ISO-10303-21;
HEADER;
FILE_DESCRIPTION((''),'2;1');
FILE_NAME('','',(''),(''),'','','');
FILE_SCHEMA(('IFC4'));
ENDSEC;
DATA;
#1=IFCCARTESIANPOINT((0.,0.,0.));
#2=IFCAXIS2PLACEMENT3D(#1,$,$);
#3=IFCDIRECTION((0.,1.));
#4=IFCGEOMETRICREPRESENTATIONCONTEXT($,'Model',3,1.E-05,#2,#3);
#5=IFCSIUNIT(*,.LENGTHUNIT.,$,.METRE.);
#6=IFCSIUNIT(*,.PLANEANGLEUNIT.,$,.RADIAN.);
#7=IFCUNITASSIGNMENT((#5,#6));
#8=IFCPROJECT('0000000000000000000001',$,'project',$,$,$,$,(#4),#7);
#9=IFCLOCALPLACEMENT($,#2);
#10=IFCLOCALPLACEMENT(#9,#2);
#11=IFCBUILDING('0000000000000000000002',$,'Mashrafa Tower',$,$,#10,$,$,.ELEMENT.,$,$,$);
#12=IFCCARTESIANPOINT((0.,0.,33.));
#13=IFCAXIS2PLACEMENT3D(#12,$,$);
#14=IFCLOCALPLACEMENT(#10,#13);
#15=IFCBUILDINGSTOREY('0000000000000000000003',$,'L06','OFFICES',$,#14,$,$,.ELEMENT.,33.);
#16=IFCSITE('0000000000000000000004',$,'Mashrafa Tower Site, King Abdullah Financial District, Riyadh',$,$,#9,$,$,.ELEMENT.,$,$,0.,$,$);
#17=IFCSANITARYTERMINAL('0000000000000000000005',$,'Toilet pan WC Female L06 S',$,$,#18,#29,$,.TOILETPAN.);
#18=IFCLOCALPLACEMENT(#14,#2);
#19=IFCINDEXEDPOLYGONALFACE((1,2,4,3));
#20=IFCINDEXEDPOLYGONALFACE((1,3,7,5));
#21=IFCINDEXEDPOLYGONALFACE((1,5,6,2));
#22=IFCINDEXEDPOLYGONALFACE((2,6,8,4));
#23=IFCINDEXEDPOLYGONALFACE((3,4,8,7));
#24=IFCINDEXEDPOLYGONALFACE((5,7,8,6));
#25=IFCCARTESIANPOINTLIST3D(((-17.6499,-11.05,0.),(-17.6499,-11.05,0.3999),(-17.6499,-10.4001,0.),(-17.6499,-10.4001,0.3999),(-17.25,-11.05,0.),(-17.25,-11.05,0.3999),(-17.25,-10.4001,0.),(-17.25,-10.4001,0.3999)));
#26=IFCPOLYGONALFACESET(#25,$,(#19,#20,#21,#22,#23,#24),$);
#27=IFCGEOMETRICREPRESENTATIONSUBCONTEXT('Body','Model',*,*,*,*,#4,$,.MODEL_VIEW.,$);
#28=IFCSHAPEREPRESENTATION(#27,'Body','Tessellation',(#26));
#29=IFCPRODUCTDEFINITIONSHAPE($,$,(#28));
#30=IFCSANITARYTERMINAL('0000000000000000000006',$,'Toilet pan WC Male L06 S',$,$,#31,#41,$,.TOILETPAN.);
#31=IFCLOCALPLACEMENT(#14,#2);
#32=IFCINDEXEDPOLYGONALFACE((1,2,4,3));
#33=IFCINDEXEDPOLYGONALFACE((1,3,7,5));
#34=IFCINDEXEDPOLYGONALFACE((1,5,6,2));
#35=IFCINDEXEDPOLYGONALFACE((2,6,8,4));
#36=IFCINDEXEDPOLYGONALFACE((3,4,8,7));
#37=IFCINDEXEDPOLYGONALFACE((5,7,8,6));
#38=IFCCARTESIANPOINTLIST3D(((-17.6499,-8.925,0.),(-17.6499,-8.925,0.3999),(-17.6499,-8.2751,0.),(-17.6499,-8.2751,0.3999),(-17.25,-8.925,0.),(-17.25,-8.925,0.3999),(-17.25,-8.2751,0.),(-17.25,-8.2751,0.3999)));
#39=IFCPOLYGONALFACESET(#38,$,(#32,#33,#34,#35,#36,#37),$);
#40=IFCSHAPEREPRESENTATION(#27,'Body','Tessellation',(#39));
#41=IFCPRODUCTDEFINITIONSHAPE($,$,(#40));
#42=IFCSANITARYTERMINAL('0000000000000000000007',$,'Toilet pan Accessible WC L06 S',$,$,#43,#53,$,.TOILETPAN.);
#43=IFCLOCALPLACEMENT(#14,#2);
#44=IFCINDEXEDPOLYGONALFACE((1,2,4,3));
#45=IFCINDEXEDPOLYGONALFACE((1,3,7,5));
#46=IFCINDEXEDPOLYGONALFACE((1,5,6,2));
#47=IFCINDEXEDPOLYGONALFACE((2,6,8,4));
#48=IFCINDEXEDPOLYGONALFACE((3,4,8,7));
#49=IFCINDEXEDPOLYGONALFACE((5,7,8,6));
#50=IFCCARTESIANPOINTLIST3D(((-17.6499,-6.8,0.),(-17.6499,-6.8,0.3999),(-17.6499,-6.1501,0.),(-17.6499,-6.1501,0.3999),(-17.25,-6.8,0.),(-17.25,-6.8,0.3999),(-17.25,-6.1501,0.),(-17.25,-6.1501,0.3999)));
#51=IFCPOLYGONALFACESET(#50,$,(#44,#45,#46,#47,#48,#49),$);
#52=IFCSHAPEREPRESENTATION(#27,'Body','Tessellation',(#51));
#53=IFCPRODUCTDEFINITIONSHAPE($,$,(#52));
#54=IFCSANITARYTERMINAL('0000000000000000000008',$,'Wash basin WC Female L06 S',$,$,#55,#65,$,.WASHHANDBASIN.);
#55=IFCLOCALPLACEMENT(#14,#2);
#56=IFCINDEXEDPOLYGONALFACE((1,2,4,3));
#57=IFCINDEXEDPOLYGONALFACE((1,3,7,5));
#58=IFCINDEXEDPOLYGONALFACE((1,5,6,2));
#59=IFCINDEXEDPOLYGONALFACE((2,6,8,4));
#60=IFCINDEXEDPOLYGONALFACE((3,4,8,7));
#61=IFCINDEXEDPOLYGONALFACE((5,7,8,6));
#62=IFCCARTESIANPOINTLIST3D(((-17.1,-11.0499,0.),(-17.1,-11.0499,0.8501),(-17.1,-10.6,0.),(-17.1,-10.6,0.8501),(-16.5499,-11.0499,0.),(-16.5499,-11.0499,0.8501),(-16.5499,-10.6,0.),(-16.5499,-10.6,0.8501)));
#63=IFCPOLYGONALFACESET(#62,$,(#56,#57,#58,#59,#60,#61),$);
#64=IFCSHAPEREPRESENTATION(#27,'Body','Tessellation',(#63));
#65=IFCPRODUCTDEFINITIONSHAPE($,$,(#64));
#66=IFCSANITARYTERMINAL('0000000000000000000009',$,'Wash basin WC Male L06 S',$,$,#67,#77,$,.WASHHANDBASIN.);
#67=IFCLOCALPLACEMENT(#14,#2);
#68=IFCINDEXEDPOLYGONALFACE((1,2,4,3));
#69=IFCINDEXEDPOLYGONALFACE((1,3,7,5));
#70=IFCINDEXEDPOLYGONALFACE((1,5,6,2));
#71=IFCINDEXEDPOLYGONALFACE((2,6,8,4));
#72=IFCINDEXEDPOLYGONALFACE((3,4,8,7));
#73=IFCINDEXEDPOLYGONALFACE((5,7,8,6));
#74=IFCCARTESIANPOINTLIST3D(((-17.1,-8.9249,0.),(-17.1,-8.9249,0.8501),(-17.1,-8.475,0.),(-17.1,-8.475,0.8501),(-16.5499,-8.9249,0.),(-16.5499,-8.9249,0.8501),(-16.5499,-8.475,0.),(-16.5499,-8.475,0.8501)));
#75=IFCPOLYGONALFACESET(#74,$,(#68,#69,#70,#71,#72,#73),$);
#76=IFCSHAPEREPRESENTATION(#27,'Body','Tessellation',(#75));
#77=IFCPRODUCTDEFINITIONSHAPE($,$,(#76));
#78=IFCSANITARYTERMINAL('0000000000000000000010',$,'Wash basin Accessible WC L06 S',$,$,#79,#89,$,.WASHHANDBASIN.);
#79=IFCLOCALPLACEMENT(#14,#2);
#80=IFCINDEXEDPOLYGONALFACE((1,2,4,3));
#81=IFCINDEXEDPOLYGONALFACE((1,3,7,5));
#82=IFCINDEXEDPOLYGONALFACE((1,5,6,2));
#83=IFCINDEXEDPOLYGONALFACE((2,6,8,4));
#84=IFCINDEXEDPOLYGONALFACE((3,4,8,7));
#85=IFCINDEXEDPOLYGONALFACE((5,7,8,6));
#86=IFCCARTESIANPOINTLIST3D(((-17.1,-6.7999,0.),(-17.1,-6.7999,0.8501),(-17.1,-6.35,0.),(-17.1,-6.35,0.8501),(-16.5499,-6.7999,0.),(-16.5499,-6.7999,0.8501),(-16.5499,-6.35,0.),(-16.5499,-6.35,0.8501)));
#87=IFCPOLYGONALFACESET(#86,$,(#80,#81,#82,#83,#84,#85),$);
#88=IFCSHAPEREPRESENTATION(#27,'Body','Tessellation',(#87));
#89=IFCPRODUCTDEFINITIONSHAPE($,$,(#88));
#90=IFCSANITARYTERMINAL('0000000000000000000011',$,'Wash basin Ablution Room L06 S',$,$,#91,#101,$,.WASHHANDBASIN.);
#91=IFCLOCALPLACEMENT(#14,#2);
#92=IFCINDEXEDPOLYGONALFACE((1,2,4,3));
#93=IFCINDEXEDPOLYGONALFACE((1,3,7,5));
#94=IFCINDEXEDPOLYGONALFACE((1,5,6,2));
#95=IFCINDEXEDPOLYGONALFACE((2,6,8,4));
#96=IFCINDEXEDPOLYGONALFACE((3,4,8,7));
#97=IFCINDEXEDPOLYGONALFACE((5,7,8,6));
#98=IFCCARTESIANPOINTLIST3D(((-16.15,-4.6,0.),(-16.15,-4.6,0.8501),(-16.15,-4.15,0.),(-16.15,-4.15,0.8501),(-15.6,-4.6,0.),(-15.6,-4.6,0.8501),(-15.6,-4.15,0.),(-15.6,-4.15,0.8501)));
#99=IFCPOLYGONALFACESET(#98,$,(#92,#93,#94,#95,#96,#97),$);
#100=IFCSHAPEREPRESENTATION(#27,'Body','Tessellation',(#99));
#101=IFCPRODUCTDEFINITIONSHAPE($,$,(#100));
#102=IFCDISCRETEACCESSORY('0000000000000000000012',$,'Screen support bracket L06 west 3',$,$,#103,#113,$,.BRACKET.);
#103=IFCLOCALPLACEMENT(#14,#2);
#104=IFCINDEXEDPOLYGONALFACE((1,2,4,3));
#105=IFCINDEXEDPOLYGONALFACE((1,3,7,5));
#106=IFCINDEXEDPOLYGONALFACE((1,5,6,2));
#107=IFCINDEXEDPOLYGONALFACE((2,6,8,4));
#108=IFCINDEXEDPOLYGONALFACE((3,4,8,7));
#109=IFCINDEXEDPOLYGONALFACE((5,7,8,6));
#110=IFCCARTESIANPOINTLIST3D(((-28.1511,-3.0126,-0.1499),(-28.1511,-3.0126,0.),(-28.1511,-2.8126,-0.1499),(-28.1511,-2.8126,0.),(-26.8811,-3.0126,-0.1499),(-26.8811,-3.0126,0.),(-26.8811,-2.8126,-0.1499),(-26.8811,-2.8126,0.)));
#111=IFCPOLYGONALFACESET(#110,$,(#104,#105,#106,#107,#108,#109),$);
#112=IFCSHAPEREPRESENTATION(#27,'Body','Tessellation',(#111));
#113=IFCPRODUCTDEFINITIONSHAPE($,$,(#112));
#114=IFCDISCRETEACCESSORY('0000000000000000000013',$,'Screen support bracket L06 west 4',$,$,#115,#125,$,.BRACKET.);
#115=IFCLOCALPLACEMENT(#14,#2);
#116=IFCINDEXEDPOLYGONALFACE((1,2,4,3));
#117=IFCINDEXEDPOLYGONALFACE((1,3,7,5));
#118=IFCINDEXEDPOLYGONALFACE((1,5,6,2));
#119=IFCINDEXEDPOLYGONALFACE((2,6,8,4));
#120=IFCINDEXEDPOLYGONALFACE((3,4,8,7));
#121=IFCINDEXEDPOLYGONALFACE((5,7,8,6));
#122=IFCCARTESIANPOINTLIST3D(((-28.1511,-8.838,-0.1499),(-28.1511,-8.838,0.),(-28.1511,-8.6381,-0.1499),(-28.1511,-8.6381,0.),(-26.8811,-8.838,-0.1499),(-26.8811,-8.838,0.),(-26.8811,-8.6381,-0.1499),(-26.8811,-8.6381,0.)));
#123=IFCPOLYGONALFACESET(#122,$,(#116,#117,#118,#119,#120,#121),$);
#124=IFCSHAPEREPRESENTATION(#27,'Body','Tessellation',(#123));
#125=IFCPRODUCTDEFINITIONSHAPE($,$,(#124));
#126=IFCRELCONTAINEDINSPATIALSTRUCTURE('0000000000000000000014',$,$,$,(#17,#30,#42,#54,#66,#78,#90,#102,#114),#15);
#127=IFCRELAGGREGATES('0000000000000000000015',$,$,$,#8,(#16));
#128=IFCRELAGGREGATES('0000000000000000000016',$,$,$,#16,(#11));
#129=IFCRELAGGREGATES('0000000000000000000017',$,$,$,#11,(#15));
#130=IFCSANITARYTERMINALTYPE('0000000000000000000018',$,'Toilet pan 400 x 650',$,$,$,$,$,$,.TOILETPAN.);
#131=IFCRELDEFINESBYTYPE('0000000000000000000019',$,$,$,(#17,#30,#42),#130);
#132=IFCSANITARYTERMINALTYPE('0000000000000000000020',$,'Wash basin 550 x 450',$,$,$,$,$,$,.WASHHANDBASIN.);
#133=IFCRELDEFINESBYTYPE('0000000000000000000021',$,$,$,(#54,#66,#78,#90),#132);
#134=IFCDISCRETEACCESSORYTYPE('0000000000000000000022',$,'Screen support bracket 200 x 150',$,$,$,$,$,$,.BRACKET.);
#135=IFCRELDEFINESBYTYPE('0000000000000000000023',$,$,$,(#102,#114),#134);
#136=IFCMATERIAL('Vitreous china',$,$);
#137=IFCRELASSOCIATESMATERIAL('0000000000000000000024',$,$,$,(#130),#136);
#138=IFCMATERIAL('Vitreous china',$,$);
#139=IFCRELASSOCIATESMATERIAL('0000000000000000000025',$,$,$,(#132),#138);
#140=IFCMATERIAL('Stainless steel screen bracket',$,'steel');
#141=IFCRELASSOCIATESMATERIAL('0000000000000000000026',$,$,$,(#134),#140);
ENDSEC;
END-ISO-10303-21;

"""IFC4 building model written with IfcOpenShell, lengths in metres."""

from ifc_helpers import new_model, si_unit, direction, frame, origin, origin_2d, place, context, subcontext, project, spatial, rectangle, extrude, source, transform, mapped, material, type_object, type_shapes, element, save


model = new_model("IFC4")

# Units and contexts
model_context = context("Model", 3, precision=1e-05, world=origin(), true_north=direction((0.0, 1.0)))
body_context = subcontext(model_context, "Body", "Model", "MODEL_VIEW")
ifc_project = project(units=[si_unit("LENGTHUNIT", "METRE"), si_unit("PLANEANGLEUNIT", "RADIAN")], contexts=[model_context])

# Site, building, storey
site_placement = place(None, origin())
site = spatial("IfcSite", under=ifc_project, at=site_placement, Name="Mashrafa Tower Site, King Abdullah Financial District, Riyadh", CompositionType="ELEMENT", RefElevation=0.0)
building_placement = place(site_placement, origin())
building = spatial("IfcBuilding", under=site, at=building_placement, Name="Mashrafa Tower", CompositionType="ELEMENT")
storey_placement = place(building_placement, frame((0.0, 0.0, 33.0)))
storey = spatial("IfcBuildingStorey", under=building, at=storey_placement, Name="L06", Description="OFFICES", CompositionType="ELEMENT", Elevation=33.0)

# Sanitary terminals
ifc_material_1 = material(Name="Vitreous china")
sanitary_terminal_type_1 = type_object("IfcSanitaryTerminalType", Name="Toilet pan 400 x 650", PredefinedType="TOILETPAN", material=ifc_material_1)
for number, where, z_axis, x_axis, name in (
    (1, (-17.45, -10.7251, 0.0), (0.0, 0.0, 1.0), (1.0, 0.0, 0.0), "Toilet pan WC Female L06 S"),
    (2, (-17.45, -8.6001, 0.0), (0.0, 0.0, 1.0), (1.0, 0.0, 0.0), "Toilet pan WC Male L06 S"),
    (3, (-17.45, -6.4751, 0.0), (0.0, 0.0, 1.0), (1.0, 0.0, 0.0), "Toilet pan Accessible WC L06 S"),
):
    element("IfcSanitaryTerminal", number, at=place(storey_placement, frame(where, z_axis=z_axis, x_axis=x_axis)), inside=storey, type_object=sanitary_terminal_type_1, Name=name, PredefinedType="TOILETPAN", context=body_context, shape_type="SweptSolid", body=[
        extrude(rectangle(XDim=0.3999, YDim=0.6499, at=origin_2d()), origin(), (0.0, 0.0, 1.0), 0.3999),
    ])
ifc_material_2 = material(Name="Vitreous china")
sanitary_terminal_type_2 = type_object("IfcSanitaryTerminalType", Name="Wash basin 550 x 450", PredefinedType="WASHHANDBASIN", material=ifc_material_2)
for number, where, z_axis, x_axis, name in (
    (4, (-16.825, -10.825, 0.0), (0.0, 0.0, 1.0), (1.0, 0.0, 0.0), "Wash basin WC Female L06 S"),
    (5, (-16.825, -8.7, 0.0), (0.0, 0.0, 1.0), (1.0, 0.0, 0.0), "Wash basin WC Male L06 S"),
    (6, (-16.825, -6.575, 0.0), (0.0, 0.0, 1.0), (1.0, 0.0, 0.0), "Wash basin Accessible WC L06 S"),
    (7, (-15.875, -4.375, 0.0), (0.0, 0.0, 1.0), (1.0, 0.0, 0.0), "Wash basin Ablution Room L06 S"),
):
    element("IfcSanitaryTerminal", number, at=place(storey_placement, frame(where, z_axis=z_axis, x_axis=x_axis)), inside=storey, type_object=sanitary_terminal_type_2, Name=name, PredefinedType="WASHHANDBASIN", context=body_context, shape_type="SweptSolid", body=[
        extrude(rectangle(XDim=0.55, YDim=0.45, at=origin_2d()), origin(), (0.0, 0.0, 1.0), 0.8501),
    ])

# Discrete accessories
ifc_material_3 = material(Name="Stainless steel screen bracket", Category="steel")
discrete_accessory_type = type_object("IfcDiscreteAccessoryType", Name="Screen support bracket 200 x 150", PredefinedType="BRACKET", material=ifc_material_3)
shared_shape_1 = source(origin(), body_context, "Body", "SweptSolid", [
    extrude(rectangle(XDim=0.2, YDim=1.27, at=origin_2d()), origin(), (0.0, 0.0, 1.0), 0.1499),
])
type_shapes(discrete_accessory_type, [shared_shape_1])
for number, where, z_axis, x_axis, name in (
    (8, (-27.5161, -2.9126, -0.1499), (0.0, 0.0, 1.0), (0.0, -1.0, 0.0), "Screen support bracket L06 west 3"),
    (9, (-27.5161, -8.738, -0.1499), (0.0, 0.0, 1.0), (0.0, -1.0, 0.0), "Screen support bracket L06 west 4"),
):
    element("IfcDiscreteAccessory", number, at=place(storey_placement, frame(where, z_axis=z_axis, x_axis=x_axis)), inside=storey, type_object=discrete_accessory_type, Name=name, PredefinedType="BRACKET", context=body_context, shape_type="MappedRepresentation", body=[
        mapped(shared_shape_1, transform((0.0, 0.0, 0.0))),
    ])

save(model, "model.ifc")
